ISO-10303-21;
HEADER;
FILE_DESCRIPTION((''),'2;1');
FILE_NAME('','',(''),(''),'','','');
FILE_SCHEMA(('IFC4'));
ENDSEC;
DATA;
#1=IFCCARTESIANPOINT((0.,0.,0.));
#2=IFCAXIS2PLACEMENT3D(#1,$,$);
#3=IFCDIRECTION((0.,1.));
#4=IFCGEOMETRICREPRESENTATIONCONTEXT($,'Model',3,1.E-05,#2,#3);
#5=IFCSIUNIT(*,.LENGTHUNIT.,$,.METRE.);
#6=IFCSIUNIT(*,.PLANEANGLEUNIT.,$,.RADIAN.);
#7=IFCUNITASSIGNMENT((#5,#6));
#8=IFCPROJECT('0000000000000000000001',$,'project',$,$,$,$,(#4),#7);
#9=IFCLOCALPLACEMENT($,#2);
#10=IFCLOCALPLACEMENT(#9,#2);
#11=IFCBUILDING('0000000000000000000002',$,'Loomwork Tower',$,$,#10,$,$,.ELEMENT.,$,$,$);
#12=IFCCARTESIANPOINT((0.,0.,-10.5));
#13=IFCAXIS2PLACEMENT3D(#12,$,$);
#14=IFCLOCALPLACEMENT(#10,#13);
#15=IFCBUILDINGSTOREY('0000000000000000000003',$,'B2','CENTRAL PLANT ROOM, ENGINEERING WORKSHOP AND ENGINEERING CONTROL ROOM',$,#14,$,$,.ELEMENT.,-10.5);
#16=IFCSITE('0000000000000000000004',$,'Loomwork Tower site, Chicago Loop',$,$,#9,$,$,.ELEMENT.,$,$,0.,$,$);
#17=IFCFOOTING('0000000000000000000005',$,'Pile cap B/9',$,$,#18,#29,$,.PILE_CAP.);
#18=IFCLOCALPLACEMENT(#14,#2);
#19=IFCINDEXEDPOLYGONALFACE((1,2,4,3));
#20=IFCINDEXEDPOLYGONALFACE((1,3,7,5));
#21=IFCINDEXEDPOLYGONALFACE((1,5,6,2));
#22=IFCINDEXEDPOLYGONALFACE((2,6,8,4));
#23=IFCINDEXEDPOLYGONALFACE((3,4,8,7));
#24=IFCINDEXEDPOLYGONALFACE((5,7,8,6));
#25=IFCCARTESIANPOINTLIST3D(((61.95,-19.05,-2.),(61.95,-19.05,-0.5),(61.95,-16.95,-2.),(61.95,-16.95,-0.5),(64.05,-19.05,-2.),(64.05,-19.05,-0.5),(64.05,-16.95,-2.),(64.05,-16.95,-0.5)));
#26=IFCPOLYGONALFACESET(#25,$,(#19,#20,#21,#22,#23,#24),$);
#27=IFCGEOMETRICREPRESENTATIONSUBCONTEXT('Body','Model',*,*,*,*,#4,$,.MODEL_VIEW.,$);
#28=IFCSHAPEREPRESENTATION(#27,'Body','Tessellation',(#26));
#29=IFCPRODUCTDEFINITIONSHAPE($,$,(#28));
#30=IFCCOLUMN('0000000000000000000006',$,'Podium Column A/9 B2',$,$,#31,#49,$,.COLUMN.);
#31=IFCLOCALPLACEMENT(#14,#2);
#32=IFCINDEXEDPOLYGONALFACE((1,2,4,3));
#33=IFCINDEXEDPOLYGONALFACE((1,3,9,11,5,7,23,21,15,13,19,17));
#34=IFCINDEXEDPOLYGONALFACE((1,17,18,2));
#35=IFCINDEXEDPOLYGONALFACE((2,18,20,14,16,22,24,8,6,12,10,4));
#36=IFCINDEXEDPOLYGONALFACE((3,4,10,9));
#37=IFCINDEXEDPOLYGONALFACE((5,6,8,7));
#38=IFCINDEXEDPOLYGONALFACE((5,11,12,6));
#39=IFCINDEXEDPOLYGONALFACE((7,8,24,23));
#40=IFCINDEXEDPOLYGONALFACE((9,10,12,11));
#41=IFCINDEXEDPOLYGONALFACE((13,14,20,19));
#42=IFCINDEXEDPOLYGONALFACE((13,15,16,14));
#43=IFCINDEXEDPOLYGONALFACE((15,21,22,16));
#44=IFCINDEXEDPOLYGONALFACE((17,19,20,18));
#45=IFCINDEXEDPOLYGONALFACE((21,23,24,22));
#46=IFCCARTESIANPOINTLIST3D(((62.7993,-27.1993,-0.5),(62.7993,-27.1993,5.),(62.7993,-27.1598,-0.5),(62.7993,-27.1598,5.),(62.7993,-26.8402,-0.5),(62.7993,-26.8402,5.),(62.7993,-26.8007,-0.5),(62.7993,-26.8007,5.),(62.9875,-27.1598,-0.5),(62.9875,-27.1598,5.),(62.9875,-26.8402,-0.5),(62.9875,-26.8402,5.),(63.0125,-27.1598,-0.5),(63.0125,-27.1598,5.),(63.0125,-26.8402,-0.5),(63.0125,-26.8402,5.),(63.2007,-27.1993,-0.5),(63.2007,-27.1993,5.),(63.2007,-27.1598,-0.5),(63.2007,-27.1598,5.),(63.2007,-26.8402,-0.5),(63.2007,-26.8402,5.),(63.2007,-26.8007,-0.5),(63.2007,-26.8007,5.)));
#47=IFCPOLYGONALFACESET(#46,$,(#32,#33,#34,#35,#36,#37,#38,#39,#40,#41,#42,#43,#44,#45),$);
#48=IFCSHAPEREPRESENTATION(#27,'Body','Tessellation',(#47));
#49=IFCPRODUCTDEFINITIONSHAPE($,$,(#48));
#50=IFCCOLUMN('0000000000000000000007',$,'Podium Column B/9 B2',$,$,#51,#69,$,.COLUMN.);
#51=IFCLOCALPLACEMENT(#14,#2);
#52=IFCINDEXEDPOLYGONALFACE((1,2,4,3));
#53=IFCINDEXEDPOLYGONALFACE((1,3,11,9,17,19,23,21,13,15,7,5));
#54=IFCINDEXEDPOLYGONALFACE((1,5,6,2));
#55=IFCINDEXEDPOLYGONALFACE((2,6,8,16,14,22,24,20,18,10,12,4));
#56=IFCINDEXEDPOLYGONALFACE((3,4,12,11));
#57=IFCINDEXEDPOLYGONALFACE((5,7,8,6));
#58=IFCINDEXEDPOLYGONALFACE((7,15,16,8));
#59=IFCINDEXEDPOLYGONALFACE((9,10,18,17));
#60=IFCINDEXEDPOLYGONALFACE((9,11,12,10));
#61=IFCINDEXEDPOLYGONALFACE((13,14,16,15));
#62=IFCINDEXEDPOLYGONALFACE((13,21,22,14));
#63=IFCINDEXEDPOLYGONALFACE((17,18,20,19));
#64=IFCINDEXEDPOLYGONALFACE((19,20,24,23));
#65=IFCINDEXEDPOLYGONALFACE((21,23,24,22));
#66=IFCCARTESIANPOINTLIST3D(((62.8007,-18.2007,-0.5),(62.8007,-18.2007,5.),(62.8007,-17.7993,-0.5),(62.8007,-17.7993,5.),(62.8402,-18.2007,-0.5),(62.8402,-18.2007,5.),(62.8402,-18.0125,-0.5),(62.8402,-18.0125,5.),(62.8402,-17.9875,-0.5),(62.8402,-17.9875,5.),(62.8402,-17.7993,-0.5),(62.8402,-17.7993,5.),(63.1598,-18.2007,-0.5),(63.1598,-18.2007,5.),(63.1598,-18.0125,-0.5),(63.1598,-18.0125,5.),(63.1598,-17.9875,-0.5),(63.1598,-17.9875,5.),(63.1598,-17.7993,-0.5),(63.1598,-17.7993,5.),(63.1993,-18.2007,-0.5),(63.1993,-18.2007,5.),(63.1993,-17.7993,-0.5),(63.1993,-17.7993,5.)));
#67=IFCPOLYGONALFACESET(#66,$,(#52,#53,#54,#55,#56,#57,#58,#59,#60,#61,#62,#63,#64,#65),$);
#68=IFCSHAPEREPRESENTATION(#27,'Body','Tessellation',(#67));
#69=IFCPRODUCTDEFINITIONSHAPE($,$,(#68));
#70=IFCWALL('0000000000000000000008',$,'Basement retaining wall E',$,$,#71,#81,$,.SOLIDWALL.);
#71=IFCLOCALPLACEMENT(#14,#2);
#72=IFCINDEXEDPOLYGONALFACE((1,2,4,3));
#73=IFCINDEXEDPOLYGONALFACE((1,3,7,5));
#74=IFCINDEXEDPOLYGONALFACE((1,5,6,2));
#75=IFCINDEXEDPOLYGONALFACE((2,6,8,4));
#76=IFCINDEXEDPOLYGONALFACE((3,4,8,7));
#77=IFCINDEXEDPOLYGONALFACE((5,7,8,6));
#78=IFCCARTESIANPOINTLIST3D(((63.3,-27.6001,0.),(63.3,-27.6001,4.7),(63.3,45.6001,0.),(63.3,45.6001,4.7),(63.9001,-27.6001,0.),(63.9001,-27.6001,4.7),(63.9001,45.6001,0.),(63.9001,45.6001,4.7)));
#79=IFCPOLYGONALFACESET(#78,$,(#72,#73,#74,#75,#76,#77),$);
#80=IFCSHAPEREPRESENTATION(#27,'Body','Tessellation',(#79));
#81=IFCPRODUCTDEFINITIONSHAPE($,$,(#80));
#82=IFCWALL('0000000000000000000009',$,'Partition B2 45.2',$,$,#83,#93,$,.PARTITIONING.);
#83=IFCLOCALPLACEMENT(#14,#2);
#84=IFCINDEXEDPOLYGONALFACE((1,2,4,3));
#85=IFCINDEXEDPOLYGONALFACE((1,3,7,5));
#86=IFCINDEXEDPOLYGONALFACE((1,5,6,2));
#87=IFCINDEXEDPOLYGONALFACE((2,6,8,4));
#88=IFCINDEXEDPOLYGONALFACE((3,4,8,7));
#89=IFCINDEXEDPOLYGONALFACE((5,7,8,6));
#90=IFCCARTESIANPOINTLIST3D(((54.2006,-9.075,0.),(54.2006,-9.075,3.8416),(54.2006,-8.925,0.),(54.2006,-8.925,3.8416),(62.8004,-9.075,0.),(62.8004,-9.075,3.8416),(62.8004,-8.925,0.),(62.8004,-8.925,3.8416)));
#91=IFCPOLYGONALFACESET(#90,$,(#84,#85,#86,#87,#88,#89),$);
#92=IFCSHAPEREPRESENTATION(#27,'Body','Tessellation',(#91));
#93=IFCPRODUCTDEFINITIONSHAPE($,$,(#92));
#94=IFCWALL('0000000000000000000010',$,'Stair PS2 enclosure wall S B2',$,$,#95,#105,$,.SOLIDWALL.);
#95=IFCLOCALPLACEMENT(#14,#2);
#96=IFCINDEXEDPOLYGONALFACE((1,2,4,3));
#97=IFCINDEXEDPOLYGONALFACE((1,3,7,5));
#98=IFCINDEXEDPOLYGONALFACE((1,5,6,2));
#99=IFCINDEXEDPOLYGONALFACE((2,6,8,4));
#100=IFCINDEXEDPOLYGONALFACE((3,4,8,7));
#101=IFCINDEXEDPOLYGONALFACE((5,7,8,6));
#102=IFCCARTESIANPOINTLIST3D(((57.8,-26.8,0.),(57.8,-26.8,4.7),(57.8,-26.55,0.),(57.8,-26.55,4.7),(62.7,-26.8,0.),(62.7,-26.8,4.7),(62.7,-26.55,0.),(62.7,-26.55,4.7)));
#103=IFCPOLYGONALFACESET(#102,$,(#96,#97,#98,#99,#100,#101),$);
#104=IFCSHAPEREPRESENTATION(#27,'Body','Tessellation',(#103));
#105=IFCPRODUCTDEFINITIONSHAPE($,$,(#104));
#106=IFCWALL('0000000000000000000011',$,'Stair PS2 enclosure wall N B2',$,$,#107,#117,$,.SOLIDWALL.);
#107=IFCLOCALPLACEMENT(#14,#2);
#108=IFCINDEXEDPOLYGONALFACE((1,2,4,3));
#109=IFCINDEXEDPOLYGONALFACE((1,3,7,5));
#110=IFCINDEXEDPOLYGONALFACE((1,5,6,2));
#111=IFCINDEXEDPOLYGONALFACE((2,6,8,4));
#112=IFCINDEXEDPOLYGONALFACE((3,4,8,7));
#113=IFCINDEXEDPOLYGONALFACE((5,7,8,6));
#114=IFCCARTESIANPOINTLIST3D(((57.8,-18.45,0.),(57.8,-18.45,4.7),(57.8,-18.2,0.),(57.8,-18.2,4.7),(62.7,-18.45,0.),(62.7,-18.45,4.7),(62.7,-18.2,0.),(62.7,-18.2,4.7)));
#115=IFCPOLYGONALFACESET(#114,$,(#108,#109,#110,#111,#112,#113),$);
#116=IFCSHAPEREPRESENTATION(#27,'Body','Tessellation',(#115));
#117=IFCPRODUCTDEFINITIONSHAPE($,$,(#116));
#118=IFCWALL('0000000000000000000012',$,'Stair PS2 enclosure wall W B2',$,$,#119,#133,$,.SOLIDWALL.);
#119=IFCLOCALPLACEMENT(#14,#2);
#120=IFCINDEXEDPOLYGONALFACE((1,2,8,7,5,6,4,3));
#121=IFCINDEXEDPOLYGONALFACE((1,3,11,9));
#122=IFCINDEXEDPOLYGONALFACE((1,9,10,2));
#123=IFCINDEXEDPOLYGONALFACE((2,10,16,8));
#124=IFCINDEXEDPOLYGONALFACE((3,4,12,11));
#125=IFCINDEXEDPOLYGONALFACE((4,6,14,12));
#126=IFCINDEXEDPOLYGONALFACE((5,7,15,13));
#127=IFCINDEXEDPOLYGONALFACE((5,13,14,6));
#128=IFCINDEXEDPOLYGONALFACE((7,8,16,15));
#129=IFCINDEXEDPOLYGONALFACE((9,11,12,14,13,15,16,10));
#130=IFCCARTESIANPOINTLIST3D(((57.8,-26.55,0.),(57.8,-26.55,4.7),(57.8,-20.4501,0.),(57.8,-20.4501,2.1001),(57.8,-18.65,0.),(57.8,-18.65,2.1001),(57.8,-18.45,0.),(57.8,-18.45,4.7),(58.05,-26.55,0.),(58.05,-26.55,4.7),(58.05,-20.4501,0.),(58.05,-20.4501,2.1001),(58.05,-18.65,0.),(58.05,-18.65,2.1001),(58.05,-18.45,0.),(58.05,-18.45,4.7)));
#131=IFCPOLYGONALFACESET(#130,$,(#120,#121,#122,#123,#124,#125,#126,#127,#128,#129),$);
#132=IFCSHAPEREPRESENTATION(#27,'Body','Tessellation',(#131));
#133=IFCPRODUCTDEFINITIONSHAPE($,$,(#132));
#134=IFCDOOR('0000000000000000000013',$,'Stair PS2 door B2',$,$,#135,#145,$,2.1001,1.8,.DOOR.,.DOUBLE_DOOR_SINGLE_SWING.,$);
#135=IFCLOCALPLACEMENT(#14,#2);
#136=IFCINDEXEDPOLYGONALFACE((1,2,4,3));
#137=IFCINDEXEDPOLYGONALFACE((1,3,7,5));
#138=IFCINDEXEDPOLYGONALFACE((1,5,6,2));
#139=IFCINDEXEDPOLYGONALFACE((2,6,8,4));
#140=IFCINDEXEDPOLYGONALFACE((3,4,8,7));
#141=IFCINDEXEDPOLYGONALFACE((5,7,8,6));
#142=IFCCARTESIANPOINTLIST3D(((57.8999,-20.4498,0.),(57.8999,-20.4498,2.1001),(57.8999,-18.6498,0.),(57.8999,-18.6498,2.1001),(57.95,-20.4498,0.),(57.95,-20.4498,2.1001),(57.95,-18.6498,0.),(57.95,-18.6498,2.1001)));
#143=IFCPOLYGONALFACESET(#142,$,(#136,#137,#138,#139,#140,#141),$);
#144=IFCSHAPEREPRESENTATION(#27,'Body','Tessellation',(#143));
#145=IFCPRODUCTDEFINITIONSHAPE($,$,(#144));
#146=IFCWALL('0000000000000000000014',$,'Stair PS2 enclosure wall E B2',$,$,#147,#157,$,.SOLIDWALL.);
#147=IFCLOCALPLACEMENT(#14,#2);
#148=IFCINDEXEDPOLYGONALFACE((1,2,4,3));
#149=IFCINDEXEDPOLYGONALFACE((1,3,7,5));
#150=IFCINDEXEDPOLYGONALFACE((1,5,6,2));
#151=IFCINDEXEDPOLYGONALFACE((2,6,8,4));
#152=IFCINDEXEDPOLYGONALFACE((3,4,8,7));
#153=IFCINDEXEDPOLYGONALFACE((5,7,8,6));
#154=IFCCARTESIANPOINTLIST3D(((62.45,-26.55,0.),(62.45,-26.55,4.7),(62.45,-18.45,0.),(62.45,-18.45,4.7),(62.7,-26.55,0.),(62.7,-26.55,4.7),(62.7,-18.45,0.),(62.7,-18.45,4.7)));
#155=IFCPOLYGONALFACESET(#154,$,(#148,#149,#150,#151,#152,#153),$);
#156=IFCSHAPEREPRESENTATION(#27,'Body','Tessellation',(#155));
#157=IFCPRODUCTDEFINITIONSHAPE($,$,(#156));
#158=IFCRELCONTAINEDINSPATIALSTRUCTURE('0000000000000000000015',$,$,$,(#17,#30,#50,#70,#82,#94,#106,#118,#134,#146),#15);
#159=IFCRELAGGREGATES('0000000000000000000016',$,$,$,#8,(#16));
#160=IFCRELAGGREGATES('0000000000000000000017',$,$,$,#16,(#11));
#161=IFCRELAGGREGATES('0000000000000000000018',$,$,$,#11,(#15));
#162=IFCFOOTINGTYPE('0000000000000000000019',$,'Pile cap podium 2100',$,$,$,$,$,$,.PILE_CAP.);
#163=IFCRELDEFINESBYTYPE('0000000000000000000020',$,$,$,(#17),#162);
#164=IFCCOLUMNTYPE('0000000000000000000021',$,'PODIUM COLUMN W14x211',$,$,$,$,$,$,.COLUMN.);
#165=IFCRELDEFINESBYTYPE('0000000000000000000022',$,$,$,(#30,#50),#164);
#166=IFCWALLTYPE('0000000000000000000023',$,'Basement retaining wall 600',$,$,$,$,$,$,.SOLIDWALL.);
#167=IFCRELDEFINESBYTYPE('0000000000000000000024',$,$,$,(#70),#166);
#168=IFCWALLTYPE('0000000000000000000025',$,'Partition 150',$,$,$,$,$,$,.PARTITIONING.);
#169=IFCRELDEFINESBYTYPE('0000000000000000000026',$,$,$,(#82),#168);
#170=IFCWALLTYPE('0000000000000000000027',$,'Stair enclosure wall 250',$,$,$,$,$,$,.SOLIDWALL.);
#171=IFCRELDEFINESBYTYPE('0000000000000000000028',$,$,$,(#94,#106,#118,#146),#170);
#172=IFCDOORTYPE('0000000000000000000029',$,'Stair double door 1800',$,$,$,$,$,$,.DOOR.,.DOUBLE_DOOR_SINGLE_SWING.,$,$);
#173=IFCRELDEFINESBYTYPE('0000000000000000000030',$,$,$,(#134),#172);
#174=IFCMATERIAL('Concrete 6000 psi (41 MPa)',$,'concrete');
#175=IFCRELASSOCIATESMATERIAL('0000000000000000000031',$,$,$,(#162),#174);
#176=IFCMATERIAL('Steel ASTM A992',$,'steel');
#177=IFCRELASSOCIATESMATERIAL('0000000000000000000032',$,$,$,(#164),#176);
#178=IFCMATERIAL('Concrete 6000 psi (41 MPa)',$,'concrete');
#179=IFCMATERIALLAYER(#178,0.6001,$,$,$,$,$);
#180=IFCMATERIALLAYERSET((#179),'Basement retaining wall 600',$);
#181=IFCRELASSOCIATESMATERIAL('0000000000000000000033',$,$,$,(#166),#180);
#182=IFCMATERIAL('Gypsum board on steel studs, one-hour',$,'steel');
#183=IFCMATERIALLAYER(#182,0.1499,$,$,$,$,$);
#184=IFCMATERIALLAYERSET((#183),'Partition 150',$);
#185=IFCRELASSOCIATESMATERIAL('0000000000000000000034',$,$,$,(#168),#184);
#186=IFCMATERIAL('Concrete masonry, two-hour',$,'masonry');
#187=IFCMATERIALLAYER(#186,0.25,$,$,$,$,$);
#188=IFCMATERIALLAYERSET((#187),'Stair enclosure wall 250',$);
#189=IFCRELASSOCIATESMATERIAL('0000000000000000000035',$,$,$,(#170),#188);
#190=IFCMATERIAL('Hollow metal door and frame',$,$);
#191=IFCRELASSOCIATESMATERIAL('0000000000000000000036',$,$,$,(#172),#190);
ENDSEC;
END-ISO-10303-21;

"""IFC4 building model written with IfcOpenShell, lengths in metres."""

from ifc_helpers import new_model, si_unit, direction, frame, frame_2d, origin, origin_2d, place, context, subcontext, project, spatial, rectangle, i_section, extrude, material, layer, layer_set, material_profile, profile_set, type_object, element, fill, save


model = new_model("IFC4")

# Units and contexts
model_context = context("Model", 3, precision=1e-05, world=origin(), true_north=direction((0.0, 1.0)))
body_context = subcontext(model_context, "Body", "Model", "MODEL_VIEW")
ifc_project = project(units=[si_unit("LENGTHUNIT", "METRE"), si_unit("PLANEANGLEUNIT", "RADIAN")], contexts=[model_context])

# Site, building, storey
site_placement = place(None, origin())
site = spatial("IfcSite", under=ifc_project, at=site_placement, Name="Loomwork Tower site, Chicago Loop", CompositionType="ELEMENT", RefElevation=0.0)
building_placement = place(site_placement, origin())
building = spatial("IfcBuilding", under=site, at=building_placement, Name="Loomwork Tower", CompositionType="ELEMENT")
storey_placement = place(building_placement, frame((0.0, 0.0, -10.5)))
storey = spatial("IfcBuildingStorey", under=building, at=storey_placement, Name="B2", Description="CENTRAL PLANT ROOM, ENGINEERING WORKSHOP AND ENGINEERING CONTROL ROOM", CompositionType="ELEMENT", Elevation=-10.5)

# Footing
ifc_material_1 = material(Name="Concrete 6000 psi (41 MPa)", Category="concrete")
footing_type = type_object("IfcFootingType", Name="Pile cap podium 2100", PredefinedType="PILE_CAP", material=ifc_material_1)
for number, where, z_axis, x_axis, name in (
    (1, (63.0, -18.0, -2.0), (0.0, 0.0, 1.0), (1.0, 0.0, 0.0), "Pile cap B/9"),
):
    element("IfcFooting", number, at=place(storey_placement, frame(where, z_axis=z_axis, x_axis=x_axis)), inside=storey, type_object=footing_type, Name=name, PredefinedType="PILE_CAP", context=body_context, shape_type="SweptSolid", body=[
        extrude(rectangle(XDim=2.1001, YDim=2.1001, at=origin_2d()), origin(), (0.0, 0.0, 1.0), 1.5),
    ])

# Columns
ifc_material_2 = material(Name="Steel ASTM A992", Category="steel")
ifc_material_profile_1 = material_profile(ifc_material_2, i_section(OverallWidth=0.4014, OverallDepth=0.3987, WebThickness=0.0249, FlangeThickness=0.0396, at=origin_2d()), Name="W14x211")
ifc_profile_set_1 = profile_set([ifc_material_profile_1], Name="Steel ASTM A992")
column_type = type_object("IfcColumnType", Name="PODIUM COLUMN W14x211", PredefinedType="COLUMN", material=ifc_profile_set_1)
for number, where, z_axis, x_axis, name in (
    (2, (63.0, -27.0, -0.5), (0.0, 0.0, 1.0), (1.0, 0.0, 0.0), "Podium Column A/9 B2"),
    (3, (63.0, -18.0, -0.5), (0.0, 0.0, 1.0), (0.0, 1.0, 0.0), "Podium Column B/9 B2"),
):
    element("IfcColumn", number, at=place(storey_placement, frame(where, z_axis=z_axis, x_axis=x_axis)), inside=storey, type_object=column_type, Name=name, PredefinedType="COLUMN", context=body_context, shape_type="SweptSolid", body=[
        extrude(i_section(OverallWidth=0.4014, OverallDepth=0.3987, WebThickness=0.0249, FlangeThickness=0.0396, at=origin_2d()), origin(), (0.0, 0.0, 1.0), 5.5),
    ])

# Walls
ifc_material_3 = material(Name="Concrete 6000 psi (41 MPa)", Category="concrete")
ifc_layer_1 = layer(ifc_material_3, 0.6001)
ifc_layer_set_1 = layer_set([ifc_layer_1], Name="Basement retaining wall 600")
wall_type_1 = type_object("IfcWallType", Name="Basement retaining wall 600", PredefinedType="SOLIDWALL", material=ifc_layer_set_1)
wall_1_placement = place(storey_placement, frame((63.6001, -27.6001, 0.0), z_axis=(0.0, 0.0, 1.0), x_axis=(0.0, 1.0, 0.0)))
element("IfcWall", 4, at=wall_1_placement, inside=storey, type_object=wall_type_1, Name="Basement retaining wall E", PredefinedType="SOLIDWALL", context=body_context, shape_type="SweptSolid", body=[
    extrude(rectangle(XDim=73.2002, YDim=0.6001, at=frame_2d((36.6001, 0.0))), origin(), (0.0, 0.0, 1.0), 4.7),
])
ifc_material_4 = material(Name="Gypsum board on steel studs, one-hour", Category="steel")
ifc_layer_2 = layer(ifc_material_4, 0.1499)
ifc_layer_set_2 = layer_set([ifc_layer_2], Name="Partition 150")
wall_type_2 = type_object("IfcWallType", Name="Partition 150", PredefinedType="PARTITIONING", material=ifc_layer_set_2)
wall_2_placement = place(storey_placement, frame((54.2007, -9.0, 0.0), z_axis=(0.0, 0.0, 1.0), x_axis=(1.0, 0.0, 0.0)))
element("IfcWall", 5, at=wall_2_placement, inside=storey, type_object=wall_type_2, Name="Partition B2 45.2", PredefinedType="PARTITIONING", context=body_context, shape_type="SweptSolid", body=[
    extrude(rectangle(XDim=8.5999, YDim=0.1499, at=frame_2d((4.2998, 0.0))), origin(), (0.0, 0.0, 1.0), 3.8416),
])
ifc_material_5 = material(Name="Concrete masonry, two-hour", Category="masonry")
ifc_layer_3 = layer(ifc_material_5, 0.25)
ifc_layer_set_3 = layer_set([ifc_layer_3], Name="Stair enclosure wall 250")
wall_type_3 = type_object("IfcWallType", Name="Stair enclosure wall 250", PredefinedType="SOLIDWALL", material=ifc_layer_set_3)
for number, where, z_axis, x_axis, name in (
    (6, (57.8, -26.675, 0.0), (0.0, 0.0, 1.0), (1.0, 0.0, 0.0), "Stair PS2 enclosure wall S B2"),
    (7, (57.8, -18.325, 0.0), (0.0, 0.0, 1.0), (1.0, 0.0, 0.0), "Stair PS2 enclosure wall N B2"),
):
    element("IfcWall", number, at=place(storey_placement, frame(where, z_axis=z_axis, x_axis=x_axis)), inside=storey, type_object=wall_type_3, Name=name, PredefinedType="SOLIDWALL", context=body_context, shape_type="SweptSolid", body=[
        extrude(rectangle(XDim=4.8999, YDim=0.25, at=frame_2d((2.45, 0.0))), origin(), (0.0, 0.0, 1.0), 4.7),
    ])

# Wall, opening, door
wall_3_placement = place(storey_placement, frame((57.925, -26.55, 0.0), z_axis=(0.0, 0.0, 1.0), x_axis=(0.0, 1.0, 0.0)))
wall_3 = element("IfcWall", 8, at=wall_3_placement, inside=storey, type_object=wall_type_3, Name="Stair PS2 enclosure wall W B2", PredefinedType="SOLIDWALL", context=body_context, shape_type="SweptSolid", body=[
    extrude(rectangle(XDim=8.1001, YDim=0.25, at=frame_2d((4.05, 0.0))), origin(), (0.0, 0.0, 1.0), 4.7),
])
opening_placement = place(wall_3_placement, frame((6.1001, 0.0, 0.0)))
opening = element("IfcOpeningElement", 9, at=opening_placement, cuts=wall_3, PredefinedType="OPENING", context=body_context, shape_type="SweptSolid", body=[
    extrude(rectangle(XDim=1.8, YDim=2.1001, at=frame_2d((0.8999, 1.05))), frame((0.0, 0.135, 0.0), z_axis=(0.0, -1.0, 0.0), x_axis=(1.0, 0.0, 0.0)), (0.0, 0.0, 1.0), 0.27),
])
ifc_material_6 = material(Name="Hollow metal door and frame")
door_type = type_object("IfcDoorType", Name="Stair double door 1800", OperationType="DOUBLE_DOOR_SINGLE_SWING", PredefinedType="DOOR", material=ifc_material_6)
door_placement = place(opening_placement, frame((1.8, 0.0, 0.0), z_axis=(0.0, 0.0, 1.0), x_axis=(-1.0, 0.0, 0.0)))
door = element("IfcDoor", 10, at=door_placement, inside=storey, type_object=door_type, Name="Stair PS2 door B2", OperationType="DOUBLE_DOOR_SINGLE_SWING", OverallHeight=2.1001, OverallWidth=1.8, PredefinedType="DOOR", context=body_context, shape_type="SweptSolid", body=[
    extrude(rectangle(XDim=1.8, YDim=2.1001, at=frame_2d((0.8999, 1.05))), frame((0.0, 0.0249, 0.0), z_axis=(0.0, -1.0, 0.0), x_axis=(1.0, 0.0, 0.0)), (0.0, 0.0, 1.0), 0.05),
])
fill(opening, door)

# Wall
wall_4_placement = place(storey_placement, frame((62.575, -26.55, 0.0), z_axis=(0.0, 0.0, 1.0), x_axis=(0.0, 1.0, 0.0)))
element("IfcWall", 11, at=wall_4_placement, inside=storey, type_object=wall_type_3, Name="Stair PS2 enclosure wall E B2", PredefinedType="SOLIDWALL", context=body_context, shape_type="SweptSolid", body=[
    extrude(rectangle(XDim=8.1001, YDim=0.25, at=frame_2d((4.05, 0.0))), origin(), (0.0, 0.0, 1.0), 4.7),
])

save(model, "model.ifc")
